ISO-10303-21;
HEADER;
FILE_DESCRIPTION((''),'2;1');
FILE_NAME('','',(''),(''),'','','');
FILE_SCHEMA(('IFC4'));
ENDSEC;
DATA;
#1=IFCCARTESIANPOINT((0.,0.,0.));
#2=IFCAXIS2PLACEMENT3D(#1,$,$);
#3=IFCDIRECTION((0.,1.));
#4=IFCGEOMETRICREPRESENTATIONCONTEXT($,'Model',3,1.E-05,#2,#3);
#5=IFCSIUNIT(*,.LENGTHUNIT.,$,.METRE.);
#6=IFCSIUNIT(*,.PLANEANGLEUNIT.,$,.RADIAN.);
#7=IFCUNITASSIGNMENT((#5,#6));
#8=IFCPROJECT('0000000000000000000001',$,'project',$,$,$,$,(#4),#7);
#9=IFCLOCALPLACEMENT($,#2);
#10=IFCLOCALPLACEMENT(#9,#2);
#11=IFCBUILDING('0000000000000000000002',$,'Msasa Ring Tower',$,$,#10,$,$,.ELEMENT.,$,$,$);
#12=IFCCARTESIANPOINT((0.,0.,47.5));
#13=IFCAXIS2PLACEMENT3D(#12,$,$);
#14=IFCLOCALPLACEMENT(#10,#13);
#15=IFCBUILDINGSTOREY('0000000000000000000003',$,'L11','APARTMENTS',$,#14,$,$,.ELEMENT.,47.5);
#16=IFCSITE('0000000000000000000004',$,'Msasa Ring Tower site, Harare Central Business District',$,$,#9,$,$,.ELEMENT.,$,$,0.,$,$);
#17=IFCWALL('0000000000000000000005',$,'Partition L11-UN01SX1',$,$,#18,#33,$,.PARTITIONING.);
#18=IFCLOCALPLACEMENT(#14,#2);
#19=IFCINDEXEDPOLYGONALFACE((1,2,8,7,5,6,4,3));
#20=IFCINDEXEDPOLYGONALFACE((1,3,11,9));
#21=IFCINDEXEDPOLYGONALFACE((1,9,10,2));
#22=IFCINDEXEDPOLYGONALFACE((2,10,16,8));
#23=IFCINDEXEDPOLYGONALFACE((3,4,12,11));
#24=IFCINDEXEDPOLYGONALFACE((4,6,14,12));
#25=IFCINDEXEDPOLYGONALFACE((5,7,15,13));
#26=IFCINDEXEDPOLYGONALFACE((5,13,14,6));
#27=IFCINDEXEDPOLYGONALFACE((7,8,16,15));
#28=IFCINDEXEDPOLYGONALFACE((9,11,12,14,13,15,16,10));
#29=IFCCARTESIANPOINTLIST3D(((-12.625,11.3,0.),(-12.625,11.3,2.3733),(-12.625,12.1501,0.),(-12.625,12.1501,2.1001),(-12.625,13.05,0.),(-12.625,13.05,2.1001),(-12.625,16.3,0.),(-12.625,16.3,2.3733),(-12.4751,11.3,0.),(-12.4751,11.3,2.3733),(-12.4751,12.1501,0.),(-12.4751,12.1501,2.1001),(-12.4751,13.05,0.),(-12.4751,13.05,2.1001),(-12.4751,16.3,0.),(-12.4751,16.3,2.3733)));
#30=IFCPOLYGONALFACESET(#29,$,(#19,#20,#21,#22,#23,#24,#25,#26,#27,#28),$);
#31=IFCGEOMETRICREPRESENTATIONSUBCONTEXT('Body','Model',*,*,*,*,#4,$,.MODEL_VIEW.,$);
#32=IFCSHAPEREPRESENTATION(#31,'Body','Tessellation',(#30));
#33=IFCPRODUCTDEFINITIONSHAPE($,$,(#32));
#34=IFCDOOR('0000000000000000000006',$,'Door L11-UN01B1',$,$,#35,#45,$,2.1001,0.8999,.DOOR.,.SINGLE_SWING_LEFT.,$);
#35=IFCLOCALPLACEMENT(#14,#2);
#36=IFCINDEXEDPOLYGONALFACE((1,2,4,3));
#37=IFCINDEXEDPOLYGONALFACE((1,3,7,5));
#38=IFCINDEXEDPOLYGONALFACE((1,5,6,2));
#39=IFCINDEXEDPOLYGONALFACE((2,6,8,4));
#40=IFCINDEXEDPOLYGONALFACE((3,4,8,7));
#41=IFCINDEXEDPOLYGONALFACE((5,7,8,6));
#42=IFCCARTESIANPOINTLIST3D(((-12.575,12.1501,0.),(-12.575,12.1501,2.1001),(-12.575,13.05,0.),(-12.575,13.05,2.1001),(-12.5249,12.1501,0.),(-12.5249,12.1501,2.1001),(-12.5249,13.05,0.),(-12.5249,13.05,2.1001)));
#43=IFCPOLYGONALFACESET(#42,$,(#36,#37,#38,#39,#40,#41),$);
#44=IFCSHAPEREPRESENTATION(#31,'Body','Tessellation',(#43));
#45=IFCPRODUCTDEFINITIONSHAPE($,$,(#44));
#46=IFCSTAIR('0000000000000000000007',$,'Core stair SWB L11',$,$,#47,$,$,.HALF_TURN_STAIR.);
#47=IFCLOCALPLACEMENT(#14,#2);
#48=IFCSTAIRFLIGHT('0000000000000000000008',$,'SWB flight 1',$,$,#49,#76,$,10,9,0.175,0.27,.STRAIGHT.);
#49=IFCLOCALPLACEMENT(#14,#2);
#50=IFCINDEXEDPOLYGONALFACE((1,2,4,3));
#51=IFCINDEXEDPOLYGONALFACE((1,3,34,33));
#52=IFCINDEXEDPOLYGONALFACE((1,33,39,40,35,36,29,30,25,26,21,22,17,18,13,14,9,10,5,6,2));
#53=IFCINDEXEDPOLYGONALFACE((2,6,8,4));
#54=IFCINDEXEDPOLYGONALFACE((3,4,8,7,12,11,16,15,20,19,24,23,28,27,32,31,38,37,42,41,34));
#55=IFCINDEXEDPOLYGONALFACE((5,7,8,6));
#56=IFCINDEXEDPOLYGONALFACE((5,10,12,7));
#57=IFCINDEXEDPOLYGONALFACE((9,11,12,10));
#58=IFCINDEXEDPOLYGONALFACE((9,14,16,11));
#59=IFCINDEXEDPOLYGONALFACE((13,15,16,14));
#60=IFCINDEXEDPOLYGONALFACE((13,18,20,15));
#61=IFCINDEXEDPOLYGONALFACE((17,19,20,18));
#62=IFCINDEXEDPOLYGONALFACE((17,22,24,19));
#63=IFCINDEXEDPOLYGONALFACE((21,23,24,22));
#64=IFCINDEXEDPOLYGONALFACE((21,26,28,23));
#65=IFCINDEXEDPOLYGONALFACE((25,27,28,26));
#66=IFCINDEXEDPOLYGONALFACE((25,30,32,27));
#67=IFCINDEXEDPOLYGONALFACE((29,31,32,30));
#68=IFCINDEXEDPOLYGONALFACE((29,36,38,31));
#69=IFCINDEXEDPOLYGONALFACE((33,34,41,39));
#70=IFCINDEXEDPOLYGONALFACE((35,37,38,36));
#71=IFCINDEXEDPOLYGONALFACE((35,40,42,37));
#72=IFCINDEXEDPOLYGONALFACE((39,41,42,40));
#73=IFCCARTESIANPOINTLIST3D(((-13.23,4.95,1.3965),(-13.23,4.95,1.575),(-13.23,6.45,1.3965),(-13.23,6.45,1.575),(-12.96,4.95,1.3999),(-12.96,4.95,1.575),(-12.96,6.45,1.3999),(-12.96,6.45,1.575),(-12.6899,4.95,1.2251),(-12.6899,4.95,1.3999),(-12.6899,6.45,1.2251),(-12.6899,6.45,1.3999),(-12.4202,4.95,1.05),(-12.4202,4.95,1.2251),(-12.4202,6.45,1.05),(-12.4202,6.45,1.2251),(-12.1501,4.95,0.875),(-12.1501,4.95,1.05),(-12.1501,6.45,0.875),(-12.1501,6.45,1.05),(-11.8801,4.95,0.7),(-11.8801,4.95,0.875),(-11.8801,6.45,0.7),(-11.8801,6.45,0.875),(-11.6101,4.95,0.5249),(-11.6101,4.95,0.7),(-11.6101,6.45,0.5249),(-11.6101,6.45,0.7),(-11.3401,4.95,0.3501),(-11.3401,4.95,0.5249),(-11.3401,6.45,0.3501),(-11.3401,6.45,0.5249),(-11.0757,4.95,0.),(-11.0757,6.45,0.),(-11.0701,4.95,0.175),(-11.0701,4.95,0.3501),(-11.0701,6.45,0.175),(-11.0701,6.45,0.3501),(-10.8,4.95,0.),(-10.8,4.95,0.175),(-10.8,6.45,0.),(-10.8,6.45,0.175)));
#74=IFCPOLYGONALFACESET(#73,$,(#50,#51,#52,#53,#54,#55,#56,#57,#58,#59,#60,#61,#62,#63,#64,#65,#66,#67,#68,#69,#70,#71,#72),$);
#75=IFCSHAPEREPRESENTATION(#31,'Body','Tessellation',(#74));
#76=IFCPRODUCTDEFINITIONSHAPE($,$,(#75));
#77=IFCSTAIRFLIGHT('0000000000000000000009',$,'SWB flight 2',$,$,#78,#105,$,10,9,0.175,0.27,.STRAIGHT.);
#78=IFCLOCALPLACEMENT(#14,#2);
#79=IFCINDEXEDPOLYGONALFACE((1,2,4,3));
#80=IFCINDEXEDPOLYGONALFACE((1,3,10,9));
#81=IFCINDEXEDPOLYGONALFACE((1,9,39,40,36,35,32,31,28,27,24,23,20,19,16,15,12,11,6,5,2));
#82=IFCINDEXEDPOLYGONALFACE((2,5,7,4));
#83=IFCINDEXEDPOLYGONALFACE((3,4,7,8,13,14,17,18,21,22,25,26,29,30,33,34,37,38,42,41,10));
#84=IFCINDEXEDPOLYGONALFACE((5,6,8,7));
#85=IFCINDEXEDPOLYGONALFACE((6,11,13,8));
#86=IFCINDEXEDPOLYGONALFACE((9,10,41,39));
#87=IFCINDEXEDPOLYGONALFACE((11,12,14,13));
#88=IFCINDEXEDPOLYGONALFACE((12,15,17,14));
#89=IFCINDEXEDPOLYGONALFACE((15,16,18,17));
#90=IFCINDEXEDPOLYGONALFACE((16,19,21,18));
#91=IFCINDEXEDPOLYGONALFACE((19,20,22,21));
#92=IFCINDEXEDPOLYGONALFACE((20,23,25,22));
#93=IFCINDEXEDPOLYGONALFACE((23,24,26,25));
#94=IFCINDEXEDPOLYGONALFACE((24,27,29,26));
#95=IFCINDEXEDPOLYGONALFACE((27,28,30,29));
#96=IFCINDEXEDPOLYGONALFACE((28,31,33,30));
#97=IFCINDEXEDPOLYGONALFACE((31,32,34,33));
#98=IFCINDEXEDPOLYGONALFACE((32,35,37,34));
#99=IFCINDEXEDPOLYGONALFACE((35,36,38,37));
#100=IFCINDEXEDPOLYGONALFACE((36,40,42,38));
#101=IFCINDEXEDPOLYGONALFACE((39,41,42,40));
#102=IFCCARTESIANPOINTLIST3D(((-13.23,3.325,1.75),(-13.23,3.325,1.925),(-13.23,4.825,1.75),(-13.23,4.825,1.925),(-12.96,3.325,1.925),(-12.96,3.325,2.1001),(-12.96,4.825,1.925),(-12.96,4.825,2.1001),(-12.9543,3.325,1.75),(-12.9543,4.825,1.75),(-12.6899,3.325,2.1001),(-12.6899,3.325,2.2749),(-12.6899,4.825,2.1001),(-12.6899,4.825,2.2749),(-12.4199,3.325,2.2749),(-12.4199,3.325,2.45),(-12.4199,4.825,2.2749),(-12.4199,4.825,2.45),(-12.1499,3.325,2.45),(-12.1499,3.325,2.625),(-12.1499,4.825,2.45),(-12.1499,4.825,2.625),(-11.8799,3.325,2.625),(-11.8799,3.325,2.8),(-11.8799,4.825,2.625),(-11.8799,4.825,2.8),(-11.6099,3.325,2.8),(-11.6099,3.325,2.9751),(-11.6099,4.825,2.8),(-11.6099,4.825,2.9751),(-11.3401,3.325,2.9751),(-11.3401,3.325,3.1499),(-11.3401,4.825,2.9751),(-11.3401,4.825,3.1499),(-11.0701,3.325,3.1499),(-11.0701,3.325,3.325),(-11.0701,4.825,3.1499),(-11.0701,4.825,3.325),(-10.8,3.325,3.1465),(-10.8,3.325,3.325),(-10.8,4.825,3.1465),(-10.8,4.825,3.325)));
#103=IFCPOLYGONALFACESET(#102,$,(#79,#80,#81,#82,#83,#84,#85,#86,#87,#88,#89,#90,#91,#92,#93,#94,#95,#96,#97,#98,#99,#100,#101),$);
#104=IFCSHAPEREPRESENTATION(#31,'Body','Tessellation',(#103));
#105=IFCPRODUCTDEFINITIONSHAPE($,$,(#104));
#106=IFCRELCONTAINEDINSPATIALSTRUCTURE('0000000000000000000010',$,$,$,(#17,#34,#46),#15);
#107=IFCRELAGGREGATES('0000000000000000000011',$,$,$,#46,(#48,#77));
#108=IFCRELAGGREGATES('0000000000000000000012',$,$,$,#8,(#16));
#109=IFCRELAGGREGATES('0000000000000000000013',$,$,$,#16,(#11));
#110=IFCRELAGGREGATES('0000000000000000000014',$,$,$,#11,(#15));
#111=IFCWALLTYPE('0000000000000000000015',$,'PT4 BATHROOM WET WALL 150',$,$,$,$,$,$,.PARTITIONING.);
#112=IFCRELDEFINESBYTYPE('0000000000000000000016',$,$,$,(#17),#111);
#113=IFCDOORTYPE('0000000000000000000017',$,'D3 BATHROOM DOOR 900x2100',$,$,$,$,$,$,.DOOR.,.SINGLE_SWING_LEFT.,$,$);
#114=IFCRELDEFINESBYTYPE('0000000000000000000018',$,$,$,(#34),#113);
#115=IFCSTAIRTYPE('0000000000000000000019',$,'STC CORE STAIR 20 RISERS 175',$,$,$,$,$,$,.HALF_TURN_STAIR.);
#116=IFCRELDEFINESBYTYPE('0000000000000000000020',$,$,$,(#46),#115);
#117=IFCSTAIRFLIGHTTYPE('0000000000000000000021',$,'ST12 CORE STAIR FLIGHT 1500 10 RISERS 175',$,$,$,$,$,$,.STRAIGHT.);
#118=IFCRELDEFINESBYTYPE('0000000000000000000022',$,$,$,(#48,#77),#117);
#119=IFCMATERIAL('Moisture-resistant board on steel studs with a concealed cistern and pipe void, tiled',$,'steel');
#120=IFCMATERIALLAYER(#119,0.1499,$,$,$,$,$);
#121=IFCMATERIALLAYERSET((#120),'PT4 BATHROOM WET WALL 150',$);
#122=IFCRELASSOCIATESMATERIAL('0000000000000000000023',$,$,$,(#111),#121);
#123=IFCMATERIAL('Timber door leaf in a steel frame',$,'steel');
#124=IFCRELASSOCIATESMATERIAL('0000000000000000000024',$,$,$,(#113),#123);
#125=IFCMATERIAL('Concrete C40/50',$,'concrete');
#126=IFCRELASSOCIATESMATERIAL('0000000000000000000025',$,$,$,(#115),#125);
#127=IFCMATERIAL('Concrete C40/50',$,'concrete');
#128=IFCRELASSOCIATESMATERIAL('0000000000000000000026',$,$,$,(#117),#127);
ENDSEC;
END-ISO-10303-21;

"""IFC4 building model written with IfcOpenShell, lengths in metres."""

from ifc_helpers import new_model, si_unit, direction, frame, frame_2d, origin, place, context, subcontext, project, spatial, polyline, rectangle, outline, extrude, material, layer, layer_set, type_object, element, fill, aggregate, save


model = new_model("IFC4")

# Units and contexts
model_context = context("Model", 3, precision=1e-05, world=origin(), true_north=direction((0.0, 1.0)))
body_context = subcontext(model_context, "Body", "Model", "MODEL_VIEW")
ifc_project = project(units=[si_unit("LENGTHUNIT", "METRE"), si_unit("PLANEANGLEUNIT", "RADIAN")], contexts=[model_context])

# Site, building, storey
site_placement = place(None, origin())
site = spatial("IfcSite", under=ifc_project, at=site_placement, Name="Msasa Ring Tower site, Harare Central Business District", CompositionType="ELEMENT", RefElevation=0.0)
building_placement = place(site_placement, origin())
building = spatial("IfcBuilding", under=site, at=building_placement, Name="Msasa Ring Tower", CompositionType="ELEMENT")
storey_placement = place(building_placement, frame((0.0, 0.0, 47.5)))
storey = spatial("IfcBuildingStorey", under=building, at=storey_placement, Name="L11", Description="APARTMENTS", CompositionType="ELEMENT", Elevation=47.5)

# Wall, opening, door
ifc_material_1 = material(Name="Moisture-resistant board on steel studs with a concealed cistern and pipe void, tiled", Category="steel")
ifc_layer_1 = layer(ifc_material_1, 0.1499)
ifc_layer_set_1 = layer_set([ifc_layer_1], Name="PT4 BATHROOM WET WALL 150")
wall_type_1 = type_object("IfcWallType", Name="PT4 BATHROOM WET WALL 150", PredefinedType="PARTITIONING", material=ifc_layer_set_1)
ifc_material_2 = material(Name="Timber door leaf in a steel frame", Category="steel")
door_type = type_object("IfcDoorType", Name="D3 BATHROOM DOOR 900x2100", OperationType="SINGLE_SWING_LEFT", PredefinedType="DOOR", material=ifc_material_2)
wall_1_placement = place(storey_placement, frame((-12.55, 11.3, 0.0), z_axis=(0.0, 0.0, 1.0), x_axis=(0.0, 1.0, 0.0)))
wall_1 = element("IfcWall", 1, at=wall_1_placement, inside=storey, type_object=wall_type_1, Name="Partition L11-UN01SX1", PredefinedType="PARTITIONING", context=body_context, shape_type="SweptSolid", body=[
    extrude(rectangle(XDim=5.0, YDim=0.1499, at=frame_2d((2.5, 0.0))), origin(), (0.0, 0.0, 1.0), 2.3733),
])
opening_1_placement = place(wall_1_placement, frame((0.8501, 0.0, 0.0)))
opening_1 = element("IfcOpeningElement", 2, at=opening_1_placement, cuts=wall_1, PredefinedType="OPENING", context=body_context, shape_type="SweptSolid", body=[
    extrude(rectangle(XDim=0.8999, YDim=2.1001, at=frame_2d((0.45, 1.05))), frame((0.0, 0.085, 0.0), z_axis=(0.0, -1.0, 0.0), x_axis=(1.0, 0.0, 0.0)), (0.0, 0.0, 1.0), 0.1699),
])
door_1_placement = place(opening_1_placement, origin())
door_1 = element("IfcDoor", 3, at=door_1_placement, inside=storey, type_object=door_type, Name="Door L11-UN01B1", OperationType="SINGLE_SWING_LEFT", OverallHeight=2.1001, OverallWidth=0.8999, PredefinedType="DOOR", context=body_context, shape_type="SweptSolid", body=[
    extrude(rectangle(XDim=0.8999, YDim=2.1001, at=frame_2d((0.45, 1.05))), frame((0.0, 0.0249, 0.0), z_axis=(0.0, -1.0, 0.0), x_axis=(1.0, 0.0, 0.0)), (0.0, 0.0, 1.0), 0.05),
])
fill(opening_1, door_1)

# Stair, stair flights
ifc_material_3 = material(Name="Concrete C40/50", Category="concrete")
stair_type = type_object("IfcStairType", Name="STC CORE STAIR 20 RISERS 175", PredefinedType="HALF_TURN_STAIR", material=ifc_material_3)
stair_placement = place(storey_placement, origin())
stair = element("IfcStair", 4, at=stair_placement, inside=storey, type_object=stair_type, Name="Core stair SWB L11", PredefinedType="HALF_TURN_STAIR")
ifc_material_4 = material(Name="Concrete C40/50", Category="concrete")
stair_flight_type = type_object("IfcStairFlightType", Name="ST12 CORE STAIR FLIGHT 1500 10 RISERS 175", PredefinedType="STRAIGHT", material=ifc_material_4)
stair_flight_1_placement = place(storey_placement, frame((-10.8, 5.7, 0.0), z_axis=(0.0, 0.0, 1.0), x_axis=(-1.0, 0.0, 0.0)))
stair_flight_1 = element("IfcStairFlight", 5, at=stair_flight_1_placement, type_object=stair_flight_type, Name="SWB flight 1", NumberOfRisers=10, NumberOfTreads=9, PredefinedType="STRAIGHT", RiserHeight=0.175, TreadLength=0.27, context=body_context, shape_type="SweptSolid", body=[
    extrude(outline(polyline([(0.0, 0.0), (0.0, 0.175), (0.27, 0.175), (0.27, 0.3501), (0.54, 0.3501), (0.54, 0.5249), (0.8101, 0.5249), (0.8101, 0.7), (1.0801, 0.7), (1.0801, 0.875), (1.3501, 0.875), (1.3501, 1.05), (1.6201, 1.05), (1.6201, 1.2251), (1.8899, 1.2251), (1.8899, 1.3999), (2.1599, 1.3999), (2.1599, 1.575), (2.4299, 1.575), (2.4299, 1.75), (2.4299, 1.3965), (0.2756, 0.0), (0.0, 0.0)])), frame((0.0, 0.75, 0.0), z_axis=(0.0, -1.0, 0.0), x_axis=(1.0, 0.0, 0.0)), (0.0, 0.0, 1.0), 1.5),
])
stair_flight_2_placement = place(storey_placement, frame((-13.23, 4.075, 1.75), z_axis=(0.0, 0.0, 1.0), x_axis=(1.0, 0.0, 0.0)))
stair_flight_2 = element("IfcStairFlight", 6, at=stair_flight_2_placement, type_object=stair_flight_type, Name="SWB flight 2", NumberOfRisers=10, NumberOfTreads=9, PredefinedType="STRAIGHT", RiserHeight=0.175, TreadLength=0.27, context=body_context, shape_type="SweptSolid", body=[
    extrude(outline(polyline([(0.0, 0.0), (0.0, 0.175), (0.27, 0.175), (0.27, 0.3501), (0.54, 0.3501), (0.54, 0.5249), (0.8101, 0.5249), (0.8101, 0.7), (1.0801, 0.7), (1.0801, 0.875), (1.3501, 0.875), (1.3501, 1.05), (1.6201, 1.05), (1.6201, 1.2251), (1.8899, 1.2251), (1.8899, 1.3999), (2.1599, 1.3999), (2.1599, 1.575), (2.4299, 1.575), (2.4299, 1.75), (2.4299, 1.3965), (0.2756, 0.0), (0.0, 0.0)])), frame((0.0, 0.75, 0.0), z_axis=(0.0, -1.0, 0.0), x_axis=(1.0, 0.0, 0.0)), (0.0, 0.0, 1.0), 1.5),
])
aggregate(stair, [stair_flight_1, stair_flight_2])

save(model, "model.ifc")
